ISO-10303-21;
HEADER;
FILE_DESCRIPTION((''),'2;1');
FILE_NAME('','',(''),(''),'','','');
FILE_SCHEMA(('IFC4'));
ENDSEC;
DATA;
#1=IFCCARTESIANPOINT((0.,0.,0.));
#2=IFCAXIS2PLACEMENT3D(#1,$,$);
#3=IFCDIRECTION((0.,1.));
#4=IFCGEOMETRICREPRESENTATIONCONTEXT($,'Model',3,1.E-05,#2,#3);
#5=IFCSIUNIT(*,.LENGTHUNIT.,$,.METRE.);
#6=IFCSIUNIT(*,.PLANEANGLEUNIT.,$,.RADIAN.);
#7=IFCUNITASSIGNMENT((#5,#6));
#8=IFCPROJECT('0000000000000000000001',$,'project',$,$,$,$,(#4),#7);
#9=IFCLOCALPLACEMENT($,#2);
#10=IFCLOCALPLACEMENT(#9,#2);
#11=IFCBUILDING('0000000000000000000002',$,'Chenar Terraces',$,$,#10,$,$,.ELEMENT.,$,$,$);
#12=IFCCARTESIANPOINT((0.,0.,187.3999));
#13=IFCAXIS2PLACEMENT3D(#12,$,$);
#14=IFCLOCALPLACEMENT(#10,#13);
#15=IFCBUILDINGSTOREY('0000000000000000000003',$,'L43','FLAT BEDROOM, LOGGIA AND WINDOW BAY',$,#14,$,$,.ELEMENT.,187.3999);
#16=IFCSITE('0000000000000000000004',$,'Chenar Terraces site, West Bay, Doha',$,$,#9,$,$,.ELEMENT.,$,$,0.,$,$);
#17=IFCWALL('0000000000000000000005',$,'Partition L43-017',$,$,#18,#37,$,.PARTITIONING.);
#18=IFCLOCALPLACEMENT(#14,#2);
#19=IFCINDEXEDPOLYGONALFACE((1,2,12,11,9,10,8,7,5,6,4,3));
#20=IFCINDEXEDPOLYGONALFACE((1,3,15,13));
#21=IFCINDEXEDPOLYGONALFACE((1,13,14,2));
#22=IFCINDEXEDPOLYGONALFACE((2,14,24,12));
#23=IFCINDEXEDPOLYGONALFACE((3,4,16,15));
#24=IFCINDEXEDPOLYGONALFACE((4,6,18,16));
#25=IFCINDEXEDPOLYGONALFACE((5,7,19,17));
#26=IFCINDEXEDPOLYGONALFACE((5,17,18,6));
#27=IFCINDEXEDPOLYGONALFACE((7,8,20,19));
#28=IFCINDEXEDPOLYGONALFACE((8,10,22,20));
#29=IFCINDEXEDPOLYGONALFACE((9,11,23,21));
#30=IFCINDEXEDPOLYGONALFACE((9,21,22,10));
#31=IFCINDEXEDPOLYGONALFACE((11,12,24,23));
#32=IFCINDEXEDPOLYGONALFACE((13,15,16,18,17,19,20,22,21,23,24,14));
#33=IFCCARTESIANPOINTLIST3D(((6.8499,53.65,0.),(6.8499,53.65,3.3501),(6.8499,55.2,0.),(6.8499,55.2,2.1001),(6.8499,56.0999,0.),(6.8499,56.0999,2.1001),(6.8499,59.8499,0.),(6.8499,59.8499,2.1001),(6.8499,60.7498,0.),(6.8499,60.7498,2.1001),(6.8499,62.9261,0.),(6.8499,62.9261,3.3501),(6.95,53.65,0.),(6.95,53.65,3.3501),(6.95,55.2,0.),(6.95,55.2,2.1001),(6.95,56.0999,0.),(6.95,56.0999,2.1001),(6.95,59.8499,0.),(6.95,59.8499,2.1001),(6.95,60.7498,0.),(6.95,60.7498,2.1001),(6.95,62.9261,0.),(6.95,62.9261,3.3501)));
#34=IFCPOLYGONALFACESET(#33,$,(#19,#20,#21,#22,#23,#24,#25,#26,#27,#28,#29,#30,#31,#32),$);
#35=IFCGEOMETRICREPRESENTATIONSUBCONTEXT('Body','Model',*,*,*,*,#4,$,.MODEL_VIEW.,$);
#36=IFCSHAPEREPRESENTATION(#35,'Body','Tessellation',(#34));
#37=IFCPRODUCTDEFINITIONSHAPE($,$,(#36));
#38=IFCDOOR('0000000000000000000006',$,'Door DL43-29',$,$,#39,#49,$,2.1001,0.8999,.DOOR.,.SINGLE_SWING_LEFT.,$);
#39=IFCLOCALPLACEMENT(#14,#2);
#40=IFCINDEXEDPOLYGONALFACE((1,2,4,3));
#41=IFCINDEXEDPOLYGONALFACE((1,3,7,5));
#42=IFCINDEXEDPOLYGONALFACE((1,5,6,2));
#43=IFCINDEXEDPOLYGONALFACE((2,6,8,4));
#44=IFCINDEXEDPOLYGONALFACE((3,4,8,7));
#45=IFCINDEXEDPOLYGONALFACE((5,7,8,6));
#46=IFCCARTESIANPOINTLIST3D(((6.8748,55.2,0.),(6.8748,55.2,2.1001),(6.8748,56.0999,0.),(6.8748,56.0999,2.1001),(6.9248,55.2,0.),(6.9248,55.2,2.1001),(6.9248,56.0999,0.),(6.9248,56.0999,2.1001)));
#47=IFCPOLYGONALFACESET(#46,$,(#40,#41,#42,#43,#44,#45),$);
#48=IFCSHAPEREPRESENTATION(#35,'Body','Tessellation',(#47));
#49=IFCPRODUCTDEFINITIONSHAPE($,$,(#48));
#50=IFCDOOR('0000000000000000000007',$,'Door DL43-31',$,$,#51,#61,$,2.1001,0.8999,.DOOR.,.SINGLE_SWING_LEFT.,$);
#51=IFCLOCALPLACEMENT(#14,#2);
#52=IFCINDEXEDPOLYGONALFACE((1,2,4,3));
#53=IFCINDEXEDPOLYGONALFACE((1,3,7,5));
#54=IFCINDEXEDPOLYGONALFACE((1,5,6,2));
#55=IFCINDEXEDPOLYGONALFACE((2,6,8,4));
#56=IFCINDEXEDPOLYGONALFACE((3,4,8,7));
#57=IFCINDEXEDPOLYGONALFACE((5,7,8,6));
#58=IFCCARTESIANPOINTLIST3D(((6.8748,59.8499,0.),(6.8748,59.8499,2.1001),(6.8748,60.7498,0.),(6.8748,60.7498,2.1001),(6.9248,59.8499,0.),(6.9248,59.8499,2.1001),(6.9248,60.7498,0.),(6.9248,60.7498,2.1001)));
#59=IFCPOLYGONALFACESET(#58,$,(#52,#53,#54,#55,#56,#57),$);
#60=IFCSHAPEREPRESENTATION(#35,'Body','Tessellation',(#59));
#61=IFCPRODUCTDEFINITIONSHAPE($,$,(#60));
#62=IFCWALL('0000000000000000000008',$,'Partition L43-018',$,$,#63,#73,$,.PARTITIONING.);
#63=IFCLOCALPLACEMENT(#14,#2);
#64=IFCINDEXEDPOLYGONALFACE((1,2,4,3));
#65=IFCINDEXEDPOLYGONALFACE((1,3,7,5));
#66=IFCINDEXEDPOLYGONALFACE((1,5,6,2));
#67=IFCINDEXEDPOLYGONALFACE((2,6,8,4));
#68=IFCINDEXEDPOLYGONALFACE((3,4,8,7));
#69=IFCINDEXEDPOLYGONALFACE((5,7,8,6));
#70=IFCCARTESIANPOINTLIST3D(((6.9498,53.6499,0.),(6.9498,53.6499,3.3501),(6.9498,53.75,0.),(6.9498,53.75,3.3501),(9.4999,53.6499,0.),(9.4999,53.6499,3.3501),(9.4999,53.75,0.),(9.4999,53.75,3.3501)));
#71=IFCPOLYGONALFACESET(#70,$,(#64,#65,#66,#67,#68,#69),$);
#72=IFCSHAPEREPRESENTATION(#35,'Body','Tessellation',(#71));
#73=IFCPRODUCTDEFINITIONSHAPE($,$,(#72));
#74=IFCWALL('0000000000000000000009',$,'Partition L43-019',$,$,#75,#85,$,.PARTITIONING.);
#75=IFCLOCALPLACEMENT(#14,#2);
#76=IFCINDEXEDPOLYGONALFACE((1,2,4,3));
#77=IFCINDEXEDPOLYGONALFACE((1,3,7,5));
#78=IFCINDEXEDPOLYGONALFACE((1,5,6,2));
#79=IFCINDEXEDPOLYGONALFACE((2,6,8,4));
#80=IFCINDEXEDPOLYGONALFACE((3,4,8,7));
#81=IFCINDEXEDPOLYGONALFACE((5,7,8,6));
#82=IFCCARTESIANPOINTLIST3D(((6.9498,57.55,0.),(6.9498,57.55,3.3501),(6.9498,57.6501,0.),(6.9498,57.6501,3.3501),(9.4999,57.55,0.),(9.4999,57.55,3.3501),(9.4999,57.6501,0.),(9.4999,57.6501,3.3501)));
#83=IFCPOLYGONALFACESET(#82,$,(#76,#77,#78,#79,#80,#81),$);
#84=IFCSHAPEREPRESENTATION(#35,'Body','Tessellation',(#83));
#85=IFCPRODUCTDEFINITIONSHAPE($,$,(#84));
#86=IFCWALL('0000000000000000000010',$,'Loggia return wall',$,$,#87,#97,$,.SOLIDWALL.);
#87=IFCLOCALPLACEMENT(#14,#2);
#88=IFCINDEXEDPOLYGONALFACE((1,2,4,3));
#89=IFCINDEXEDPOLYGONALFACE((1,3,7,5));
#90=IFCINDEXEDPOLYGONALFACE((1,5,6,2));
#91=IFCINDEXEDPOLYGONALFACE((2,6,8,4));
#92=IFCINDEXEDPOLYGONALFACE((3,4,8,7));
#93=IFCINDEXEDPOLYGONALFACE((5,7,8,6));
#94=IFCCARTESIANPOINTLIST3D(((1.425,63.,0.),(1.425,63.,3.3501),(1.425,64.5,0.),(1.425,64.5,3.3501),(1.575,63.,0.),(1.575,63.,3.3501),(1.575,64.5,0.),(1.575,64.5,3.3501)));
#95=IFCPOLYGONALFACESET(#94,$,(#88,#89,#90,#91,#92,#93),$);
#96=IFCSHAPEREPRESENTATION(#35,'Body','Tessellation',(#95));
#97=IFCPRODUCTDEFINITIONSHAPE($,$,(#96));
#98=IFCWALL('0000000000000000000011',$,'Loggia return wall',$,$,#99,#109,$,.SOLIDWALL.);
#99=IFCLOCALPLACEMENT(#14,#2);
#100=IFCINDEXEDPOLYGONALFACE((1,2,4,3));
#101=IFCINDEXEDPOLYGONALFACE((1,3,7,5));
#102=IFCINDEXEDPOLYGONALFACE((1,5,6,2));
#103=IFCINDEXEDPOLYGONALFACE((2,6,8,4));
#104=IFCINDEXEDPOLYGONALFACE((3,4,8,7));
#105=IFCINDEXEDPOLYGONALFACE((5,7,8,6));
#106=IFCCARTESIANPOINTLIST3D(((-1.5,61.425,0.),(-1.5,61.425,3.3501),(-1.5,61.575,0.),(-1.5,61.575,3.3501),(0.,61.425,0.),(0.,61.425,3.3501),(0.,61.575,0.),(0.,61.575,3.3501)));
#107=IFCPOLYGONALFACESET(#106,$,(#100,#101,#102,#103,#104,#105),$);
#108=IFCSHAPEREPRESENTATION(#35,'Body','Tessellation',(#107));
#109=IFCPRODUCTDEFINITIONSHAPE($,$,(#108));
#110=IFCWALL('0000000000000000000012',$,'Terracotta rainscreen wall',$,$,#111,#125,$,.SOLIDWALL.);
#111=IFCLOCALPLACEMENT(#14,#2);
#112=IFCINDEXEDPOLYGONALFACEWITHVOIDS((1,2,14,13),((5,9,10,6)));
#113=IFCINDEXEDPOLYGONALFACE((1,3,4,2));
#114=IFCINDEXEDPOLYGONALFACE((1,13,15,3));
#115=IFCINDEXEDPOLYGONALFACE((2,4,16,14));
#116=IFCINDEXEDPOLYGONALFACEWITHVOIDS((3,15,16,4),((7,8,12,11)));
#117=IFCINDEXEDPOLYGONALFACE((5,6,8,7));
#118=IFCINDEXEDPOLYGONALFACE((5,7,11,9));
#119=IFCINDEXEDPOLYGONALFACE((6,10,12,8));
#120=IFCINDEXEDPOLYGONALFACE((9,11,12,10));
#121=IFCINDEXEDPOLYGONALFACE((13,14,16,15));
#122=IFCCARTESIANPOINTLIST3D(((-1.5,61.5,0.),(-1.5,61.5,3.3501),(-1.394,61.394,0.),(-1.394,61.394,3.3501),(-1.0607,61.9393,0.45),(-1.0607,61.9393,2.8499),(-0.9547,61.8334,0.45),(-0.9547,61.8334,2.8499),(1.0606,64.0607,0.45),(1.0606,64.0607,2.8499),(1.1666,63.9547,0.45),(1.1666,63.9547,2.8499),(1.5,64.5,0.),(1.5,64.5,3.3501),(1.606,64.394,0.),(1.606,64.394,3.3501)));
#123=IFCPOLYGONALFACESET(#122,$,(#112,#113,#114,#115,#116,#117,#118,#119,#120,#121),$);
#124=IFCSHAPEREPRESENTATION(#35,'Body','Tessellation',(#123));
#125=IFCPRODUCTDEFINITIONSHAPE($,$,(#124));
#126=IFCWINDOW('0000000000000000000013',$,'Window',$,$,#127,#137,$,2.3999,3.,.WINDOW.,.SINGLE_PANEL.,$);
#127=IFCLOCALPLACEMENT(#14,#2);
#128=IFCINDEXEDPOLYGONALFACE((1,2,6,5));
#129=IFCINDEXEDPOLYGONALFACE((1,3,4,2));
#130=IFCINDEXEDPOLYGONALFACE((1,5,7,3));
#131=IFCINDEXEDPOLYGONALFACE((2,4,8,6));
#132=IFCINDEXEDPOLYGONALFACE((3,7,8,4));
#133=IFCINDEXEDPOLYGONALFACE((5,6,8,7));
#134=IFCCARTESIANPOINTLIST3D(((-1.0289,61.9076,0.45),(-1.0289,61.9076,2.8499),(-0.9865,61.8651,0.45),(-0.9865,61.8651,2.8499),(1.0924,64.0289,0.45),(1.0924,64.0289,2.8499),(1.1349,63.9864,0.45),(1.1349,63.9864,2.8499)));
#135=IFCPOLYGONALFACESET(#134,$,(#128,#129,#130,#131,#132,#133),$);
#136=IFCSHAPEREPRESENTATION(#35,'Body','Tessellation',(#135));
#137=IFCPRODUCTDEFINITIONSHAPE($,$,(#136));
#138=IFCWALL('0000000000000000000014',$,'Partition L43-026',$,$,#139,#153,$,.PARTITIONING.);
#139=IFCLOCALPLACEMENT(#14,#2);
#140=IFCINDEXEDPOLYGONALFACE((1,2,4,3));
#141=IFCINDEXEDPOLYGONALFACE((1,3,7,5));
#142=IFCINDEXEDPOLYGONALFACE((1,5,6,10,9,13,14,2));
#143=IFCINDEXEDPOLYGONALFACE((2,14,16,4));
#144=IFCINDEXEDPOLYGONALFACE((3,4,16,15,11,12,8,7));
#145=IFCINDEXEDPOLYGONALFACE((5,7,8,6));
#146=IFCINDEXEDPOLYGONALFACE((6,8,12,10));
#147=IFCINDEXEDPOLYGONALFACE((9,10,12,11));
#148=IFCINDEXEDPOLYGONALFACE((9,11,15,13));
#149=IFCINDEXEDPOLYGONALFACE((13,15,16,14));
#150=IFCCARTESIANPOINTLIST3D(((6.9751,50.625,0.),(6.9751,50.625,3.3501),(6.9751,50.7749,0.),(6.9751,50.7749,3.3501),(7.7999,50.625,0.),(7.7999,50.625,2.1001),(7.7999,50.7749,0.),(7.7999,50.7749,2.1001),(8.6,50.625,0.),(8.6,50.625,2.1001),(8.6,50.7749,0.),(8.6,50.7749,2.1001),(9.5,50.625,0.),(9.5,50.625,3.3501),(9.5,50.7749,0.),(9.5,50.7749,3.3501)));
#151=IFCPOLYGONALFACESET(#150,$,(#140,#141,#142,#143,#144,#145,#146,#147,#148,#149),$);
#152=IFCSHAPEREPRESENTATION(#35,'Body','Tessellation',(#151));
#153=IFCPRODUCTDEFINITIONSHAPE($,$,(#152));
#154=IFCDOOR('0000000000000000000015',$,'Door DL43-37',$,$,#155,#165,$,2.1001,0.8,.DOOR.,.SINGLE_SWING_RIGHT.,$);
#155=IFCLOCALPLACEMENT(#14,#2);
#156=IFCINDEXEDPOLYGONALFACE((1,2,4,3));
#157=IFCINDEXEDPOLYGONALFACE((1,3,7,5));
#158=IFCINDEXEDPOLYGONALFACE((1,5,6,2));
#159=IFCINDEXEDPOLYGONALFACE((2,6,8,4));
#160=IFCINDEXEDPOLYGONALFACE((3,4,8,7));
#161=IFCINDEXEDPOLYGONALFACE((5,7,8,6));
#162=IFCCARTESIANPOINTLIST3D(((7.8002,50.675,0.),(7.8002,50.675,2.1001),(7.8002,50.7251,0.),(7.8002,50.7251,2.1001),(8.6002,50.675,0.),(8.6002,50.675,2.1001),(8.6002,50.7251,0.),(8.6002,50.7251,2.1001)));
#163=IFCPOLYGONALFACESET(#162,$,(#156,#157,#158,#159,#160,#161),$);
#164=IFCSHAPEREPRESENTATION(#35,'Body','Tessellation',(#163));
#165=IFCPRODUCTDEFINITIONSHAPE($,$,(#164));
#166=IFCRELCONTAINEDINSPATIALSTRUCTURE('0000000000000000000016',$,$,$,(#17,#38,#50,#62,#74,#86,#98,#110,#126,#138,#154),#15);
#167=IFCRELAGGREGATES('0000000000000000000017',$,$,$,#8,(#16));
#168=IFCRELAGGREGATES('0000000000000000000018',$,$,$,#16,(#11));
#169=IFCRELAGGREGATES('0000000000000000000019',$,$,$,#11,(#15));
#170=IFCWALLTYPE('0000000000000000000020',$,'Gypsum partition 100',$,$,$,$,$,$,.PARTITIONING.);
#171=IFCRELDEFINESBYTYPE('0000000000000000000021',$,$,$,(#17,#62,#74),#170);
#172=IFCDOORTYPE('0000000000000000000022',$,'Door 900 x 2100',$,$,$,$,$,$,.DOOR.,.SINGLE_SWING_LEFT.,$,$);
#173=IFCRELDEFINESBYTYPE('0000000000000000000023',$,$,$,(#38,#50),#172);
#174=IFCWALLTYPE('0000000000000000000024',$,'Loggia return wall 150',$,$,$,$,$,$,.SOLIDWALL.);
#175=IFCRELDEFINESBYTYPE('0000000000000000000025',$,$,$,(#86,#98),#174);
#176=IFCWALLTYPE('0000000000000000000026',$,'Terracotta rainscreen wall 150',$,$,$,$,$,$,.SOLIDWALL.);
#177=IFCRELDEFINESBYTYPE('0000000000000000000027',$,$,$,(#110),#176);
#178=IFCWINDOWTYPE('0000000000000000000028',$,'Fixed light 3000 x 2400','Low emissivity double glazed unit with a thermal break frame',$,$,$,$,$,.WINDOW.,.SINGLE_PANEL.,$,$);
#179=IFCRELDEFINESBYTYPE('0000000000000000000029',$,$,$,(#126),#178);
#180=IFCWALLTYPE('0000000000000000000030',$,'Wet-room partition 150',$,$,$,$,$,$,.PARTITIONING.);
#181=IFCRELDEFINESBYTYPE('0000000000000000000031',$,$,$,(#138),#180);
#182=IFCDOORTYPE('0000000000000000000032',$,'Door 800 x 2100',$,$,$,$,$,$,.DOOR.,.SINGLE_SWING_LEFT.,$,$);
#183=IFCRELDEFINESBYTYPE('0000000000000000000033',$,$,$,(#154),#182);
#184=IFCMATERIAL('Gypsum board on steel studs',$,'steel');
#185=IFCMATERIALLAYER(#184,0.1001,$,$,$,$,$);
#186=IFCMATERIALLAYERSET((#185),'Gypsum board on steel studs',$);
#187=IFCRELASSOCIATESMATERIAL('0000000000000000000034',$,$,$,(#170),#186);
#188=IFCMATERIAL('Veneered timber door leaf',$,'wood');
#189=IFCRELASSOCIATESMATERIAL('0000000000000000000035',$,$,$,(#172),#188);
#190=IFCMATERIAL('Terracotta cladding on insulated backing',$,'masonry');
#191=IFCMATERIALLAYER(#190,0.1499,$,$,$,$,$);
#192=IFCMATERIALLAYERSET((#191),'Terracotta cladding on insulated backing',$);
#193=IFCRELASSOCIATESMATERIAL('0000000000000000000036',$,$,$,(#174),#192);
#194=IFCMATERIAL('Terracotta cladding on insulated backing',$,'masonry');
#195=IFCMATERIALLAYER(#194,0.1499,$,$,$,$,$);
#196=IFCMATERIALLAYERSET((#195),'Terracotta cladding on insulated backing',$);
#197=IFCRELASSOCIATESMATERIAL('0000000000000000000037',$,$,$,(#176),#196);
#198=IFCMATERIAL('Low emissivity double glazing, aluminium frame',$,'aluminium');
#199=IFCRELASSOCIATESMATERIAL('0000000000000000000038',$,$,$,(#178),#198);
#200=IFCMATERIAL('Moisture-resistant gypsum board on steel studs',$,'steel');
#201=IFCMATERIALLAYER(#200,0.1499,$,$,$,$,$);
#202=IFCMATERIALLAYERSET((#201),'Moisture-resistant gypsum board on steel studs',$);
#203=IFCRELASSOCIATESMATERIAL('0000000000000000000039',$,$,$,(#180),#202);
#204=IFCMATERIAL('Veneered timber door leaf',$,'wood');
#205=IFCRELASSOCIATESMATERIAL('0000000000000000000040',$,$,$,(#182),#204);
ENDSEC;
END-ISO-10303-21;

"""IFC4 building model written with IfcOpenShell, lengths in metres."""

from ifc_helpers import new_model, si_unit, direction, frame, frame_2d, origin, place, context, subcontext, project, spatial, rectangle, extrude, material, layer, layer_set, type_object, element, fill, save


model = new_model("IFC4")

# Units and contexts
model_context = context("Model", 3, precision=1e-05, world=origin(), true_north=direction((0.0, 1.0)))
body_context = subcontext(model_context, "Body", "Model", "MODEL_VIEW")
ifc_project = project(units=[si_unit("LENGTHUNIT", "METRE"), si_unit("PLANEANGLEUNIT", "RADIAN")], contexts=[model_context])

# Site, building, storey
site_placement = place(None, origin())
site = spatial("IfcSite", under=ifc_project, at=site_placement, Name="Chenar Terraces site, West Bay, Doha", CompositionType="ELEMENT", RefElevation=0.0)
building_placement = place(site_placement, origin())
building = spatial("IfcBuilding", under=site, at=building_placement, Name="Chenar Terraces", CompositionType="ELEMENT")
storey_placement = place(building_placement, frame((0.0, 0.0, 187.3999)))
storey = spatial("IfcBuildingStorey", under=building, at=storey_placement, Name="L43", Description="FLAT BEDROOM, LOGGIA AND WINDOW BAY", CompositionType="ELEMENT", Elevation=187.3999)

# Shared definitions
ifc_material_1 = material(Name="Gypsum board on steel studs", Category="steel")
ifc_layer_1 = layer(ifc_material_1, 0.1001)
ifc_layer_set_1 = layer_set([ifc_layer_1], Name="Gypsum board on steel studs")
wall_type_1 = type_object("IfcWallType", Name="Gypsum partition 100", PredefinedType="PARTITIONING", material=ifc_layer_set_1)

# Wall, openings, doors
wall_1_placement = place(storey_placement, frame((6.8999, 53.6499, 0.0), z_axis=(0.0, 0.0, 1.0), x_axis=(0.0, 1.0, 0.0)))
wall_1 = element("IfcWall", 1, at=wall_1_placement, inside=storey, type_object=wall_type_1, Name="Partition L43-017", PredefinedType="PARTITIONING", context=body_context, shape_type="SweptSolid", body=[
    extrude(rectangle(XDim=9.2761, YDim=0.1001, at=frame_2d((4.6382, 0.0))), origin(), (0.0, 0.0, 1.0), 3.3501),
])
opening_1_placement = place(wall_1_placement, frame((1.55, 0.0, 0.0)))
opening_1 = element("IfcOpeningElement", 2, at=opening_1_placement, cuts=wall_1, PredefinedType="OPENING", context=body_context, shape_type="SweptSolid", body=[
    extrude(rectangle(XDim=0.8999, YDim=2.1001, at=frame_2d((0.45, 1.05))), frame((0.0, 0.0601, 0.0), z_axis=(0.0, -1.0, 0.0), x_axis=(1.0, 0.0, 0.0)), (0.0, 0.0, 1.0), 0.1201),
])
opening_2_placement = place(wall_1_placement, frame((6.2, 0.0, 0.0)))
opening_2 = element("IfcOpeningElement", 3, at=opening_2_placement, cuts=wall_1, PredefinedType="OPENING", context=body_context, shape_type="SweptSolid", body=[
    extrude(rectangle(XDim=0.8999, YDim=2.1001, at=frame_2d((0.45, 1.05))), frame((0.0, 0.0601, 0.0), z_axis=(0.0, -1.0, 0.0), x_axis=(1.0, 0.0, 0.0)), (0.0, 0.0, 1.0), 0.1201),
])
ifc_material_2 = material(Name="Veneered timber door leaf", Category="wood")
door_type_1 = type_object("IfcDoorType", Name="Door 900 x 2100", OperationType="SINGLE_SWING_LEFT", PredefinedType="DOOR", material=ifc_material_2)
door_1_placement = place(opening_1_placement, frame((0.8999, 0.0, 0.0), z_axis=(0.0, 0.0, 1.0), x_axis=(-1.0, 0.0, 0.0)))
door_1 = element("IfcDoor", 4, at=door_1_placement, inside=storey, type_object=door_type_1, Name="Door DL43-29", OperationType="SINGLE_SWING_LEFT", OverallHeight=2.1001, OverallWidth=0.8999, PredefinedType="DOOR", context=body_context, shape_type="SweptSolid", body=[
    extrude(rectangle(XDim=0.8999, YDim=2.1001, at=frame_2d((0.45, 1.05))), frame((0.0, 0.0249, 0.0), z_axis=(0.0, -1.0, 0.0), x_axis=(1.0, 0.0, 0.0)), (0.0, 0.0, 1.0), 0.05),
])
fill(opening_1, door_1)
door_2_placement = place(opening_2_placement, frame((0.8999, 0.0, 0.0), z_axis=(0.0, 0.0, 1.0), x_axis=(-1.0, 0.0, 0.0)))
door_2 = element("IfcDoor", 5, at=door_2_placement, inside=storey, type_object=door_type_1, Name="Door DL43-31", OperationType="SINGLE_SWING_LEFT", OverallHeight=2.1001, OverallWidth=0.8999, PredefinedType="DOOR", context=body_context, shape_type="SweptSolid", body=[
    extrude(rectangle(XDim=0.8999, YDim=2.1001, at=frame_2d((0.45, 1.05))), frame((0.0, 0.0249, 0.0), z_axis=(0.0, -1.0, 0.0), x_axis=(1.0, 0.0, 0.0)), (0.0, 0.0, 1.0), 0.05),
])
fill(opening_2, door_2)

# Walls
for number, where, z_axis, x_axis, name in (
    (6, (6.95, 53.7, 0.0), (0.0, 0.0, 1.0), (1.0, 0.0, 0.0), "Partition L43-018"),
    (7, (6.95, 57.6001, 0.0), (0.0, 0.0, 1.0), (1.0, 0.0, 0.0), "Partition L43-019"),
):
    element("IfcWall", number, at=place(storey_placement, frame(where, z_axis=z_axis, x_axis=x_axis)), inside=storey, type_object=wall_type_1, Name=name, PredefinedType="PARTITIONING", context=body_context, shape_type="SweptSolid", body=[
        extrude(rectangle(XDim=2.55, YDim=0.1001, at=frame_2d((1.2749, 0.0))), origin(), (0.0, 0.0, 1.0), 3.3501),
    ])
ifc_material_3 = material(Name="Terracotta cladding on insulated backing", Category="masonry")
ifc_layer_2 = layer(ifc_material_3, 0.1499)
ifc_layer_set_2 = layer_set([ifc_layer_2], Name="Terracotta cladding on insulated backing")
wall_type_2 = type_object("IfcWallType", Name="Loggia return wall 150", PredefinedType="SOLIDWALL", material=ifc_layer_set_2)
for number, where, z_axis, x_axis, name in (
    (8, (1.5, 64.5, 0.0), (0.0, 0.0, 1.0), (0.0, -1.0, 0.0), "Loggia return wall"),
    (9, (-1.5, 61.5, 0.0), (0.0, 0.0, 1.0), (1.0, 0.0, 0.0), "Loggia return wall"),
):
    element("IfcWall", number, at=place(storey_placement, frame(where, z_axis=z_axis, x_axis=x_axis)), inside=storey, type_object=wall_type_2, Name=name, PredefinedType="SOLIDWALL", context=body_context, shape_type="SweptSolid", body=[
        extrude(rectangle(XDim=1.5, YDim=0.1499, at=frame_2d((0.75, 0.0))), origin(), (0.0, 0.0, 1.0), 3.3501),
    ])

# Wall, opening, window
ifc_material_4 = material(Name="Terracotta cladding on insulated backing", Category="masonry")
ifc_layer_3 = layer(ifc_material_4, 0.1499)
ifc_layer_set_3 = layer_set([ifc_layer_3], Name="Terracotta cladding on insulated backing")
wall_type_3 = type_object("IfcWallType", Name="Terracotta rainscreen wall 150", PredefinedType="SOLIDWALL", material=ifc_layer_set_3)
wall_2_placement = place(storey_placement, frame((1.553, 64.447, 0.0), z_axis=(0.0, 0.0, 1.0), x_axis=(-0.707107, -0.707107, 0.0)))
wall_2 = element("IfcWall", 10, at=wall_2_placement, inside=storey, type_object=wall_type_3, Name="Terracotta rainscreen wall", PredefinedType="SOLIDWALL", context=body_context, shape_type="SweptSolid", body=[
    extrude(rectangle(XDim=4.2427, YDim=0.1499, at=frame_2d((2.1213, 0.0))), origin(), (0.0, 0.0, 1.0), 3.3501),
])
opening_3_placement = place(wall_2_placement, frame((0.6213, 0.0, 0.45)))
opening_3 = element("IfcOpeningElement", 11, at=opening_3_placement, cuts=wall_2, PredefinedType="OPENING", context=body_context, shape_type="SweptSolid", body=[
    extrude(rectangle(XDim=3.0, YDim=2.3999, at=frame_2d((1.5, 1.2))), frame((0.0, 0.085, 0.0), z_axis=(0.0, -1.0, 0.0), x_axis=(1.0, 0.0, 0.0)), (0.0, 0.0, 1.0), 0.1699),
])
ifc_material_5 = material(Name="Low emissivity double glazing, aluminium frame", Category="aluminium")
window_type_1 = type_object("IfcWindowType", Name="Fixed light 3000 x 2400", Description="Low emissivity double glazed unit with a thermal break frame", PartitioningType="SINGLE_PANEL", PredefinedType="WINDOW", material=ifc_material_5)
window_1_placement = place(opening_3_placement, origin())
window_1 = element("IfcWindow", 12, at=window_1_placement, inside=storey, type_object=window_type_1, Name="Window", OverallHeight=2.3999, OverallWidth=3.0, PartitioningType="SINGLE_PANEL", PredefinedType="WINDOW", context=body_context, shape_type="SweptSolid", body=[
    extrude(rectangle(XDim=3.0, YDim=2.3999, at=frame_2d((1.5, 1.2))), frame((0.0, 0.03, 0.0), z_axis=(0.0, -1.0, 0.0), x_axis=(1.0, 0.0, 0.0)), (0.0, 0.0, 1.0), 0.0601),
])
fill(opening_3, window_1)

# Wall, opening, door
ifc_material_6 = material(Name="Moisture-resistant gypsum board on steel studs", Category="steel")
ifc_layer_4 = layer(ifc_material_6, 0.1499)
ifc_layer_set_4 = layer_set([ifc_layer_4], Name="Moisture-resistant gypsum board on steel studs")
wall_type_4 = type_object("IfcWallType", Name="Wet-room partition 150", PredefinedType="PARTITIONING", material=ifc_layer_set_4)
wall_3_placement = place(storey_placement, frame((6.9751, 50.7, 0.0), z_axis=(0.0, 0.0, 1.0), x_axis=(1.0, 0.0, 0.0)))
wall_3 = element("IfcWall", 13, at=wall_3_placement, inside=storey, type_object=wall_type_4, Name="Partition L43-026", PredefinedType="PARTITIONING", context=body_context, shape_type="SweptSolid", body=[
    extrude(rectangle(XDim=2.5249, YDim=0.1499, at=frame_2d((1.2625, 0.0))), origin(), (0.0, 0.0, 1.0), 3.3501),
])
opening_4_placement = place(wall_3_placement, frame((0.825, 0.0, 0.0)))
opening_4 = element("IfcOpeningElement", 14, at=opening_4_placement, cuts=wall_3, PredefinedType="OPENING", context=body_context, shape_type="SweptSolid", body=[
    extrude(rectangle(XDim=0.8, YDim=2.1001, at=frame_2d((0.3999, 1.05))), frame((0.0, 0.085, 0.0), z_axis=(0.0, -1.0, 0.0), x_axis=(1.0, 0.0, 0.0)), (0.0, 0.0, 1.0), 0.1699),
])
ifc_material_7 = material(Name="Veneered timber door leaf", Category="wood")
door_type_2 = type_object("IfcDoorType", Name="Door 800 x 2100", OperationType="SINGLE_SWING_LEFT", PredefinedType="DOOR", material=ifc_material_7)
door_3_placement = place(opening_4_placement, frame((0.8, 0.0, 0.0), z_axis=(0.0, 0.0, 1.0), x_axis=(-1.0, 0.0, 0.0)))
door_3 = element("IfcDoor", 15, at=door_3_placement, inside=storey, type_object=door_type_2, Name="Door DL43-37", OperationType="SINGLE_SWING_RIGHT", OverallHeight=2.1001, OverallWidth=0.8, PredefinedType="DOOR", context=body_context, shape_type="SweptSolid", body=[
    extrude(rectangle(XDim=0.8, YDim=2.1001, at=frame_2d((0.3999, 1.05))), frame((0.0, 0.0249, 0.0), z_axis=(0.0, -1.0, 0.0), x_axis=(1.0, 0.0, 0.0)), (0.0, 0.0, 1.0), 0.05),
])
fill(opening_4, door_3)

save(model, "model.ifc")
